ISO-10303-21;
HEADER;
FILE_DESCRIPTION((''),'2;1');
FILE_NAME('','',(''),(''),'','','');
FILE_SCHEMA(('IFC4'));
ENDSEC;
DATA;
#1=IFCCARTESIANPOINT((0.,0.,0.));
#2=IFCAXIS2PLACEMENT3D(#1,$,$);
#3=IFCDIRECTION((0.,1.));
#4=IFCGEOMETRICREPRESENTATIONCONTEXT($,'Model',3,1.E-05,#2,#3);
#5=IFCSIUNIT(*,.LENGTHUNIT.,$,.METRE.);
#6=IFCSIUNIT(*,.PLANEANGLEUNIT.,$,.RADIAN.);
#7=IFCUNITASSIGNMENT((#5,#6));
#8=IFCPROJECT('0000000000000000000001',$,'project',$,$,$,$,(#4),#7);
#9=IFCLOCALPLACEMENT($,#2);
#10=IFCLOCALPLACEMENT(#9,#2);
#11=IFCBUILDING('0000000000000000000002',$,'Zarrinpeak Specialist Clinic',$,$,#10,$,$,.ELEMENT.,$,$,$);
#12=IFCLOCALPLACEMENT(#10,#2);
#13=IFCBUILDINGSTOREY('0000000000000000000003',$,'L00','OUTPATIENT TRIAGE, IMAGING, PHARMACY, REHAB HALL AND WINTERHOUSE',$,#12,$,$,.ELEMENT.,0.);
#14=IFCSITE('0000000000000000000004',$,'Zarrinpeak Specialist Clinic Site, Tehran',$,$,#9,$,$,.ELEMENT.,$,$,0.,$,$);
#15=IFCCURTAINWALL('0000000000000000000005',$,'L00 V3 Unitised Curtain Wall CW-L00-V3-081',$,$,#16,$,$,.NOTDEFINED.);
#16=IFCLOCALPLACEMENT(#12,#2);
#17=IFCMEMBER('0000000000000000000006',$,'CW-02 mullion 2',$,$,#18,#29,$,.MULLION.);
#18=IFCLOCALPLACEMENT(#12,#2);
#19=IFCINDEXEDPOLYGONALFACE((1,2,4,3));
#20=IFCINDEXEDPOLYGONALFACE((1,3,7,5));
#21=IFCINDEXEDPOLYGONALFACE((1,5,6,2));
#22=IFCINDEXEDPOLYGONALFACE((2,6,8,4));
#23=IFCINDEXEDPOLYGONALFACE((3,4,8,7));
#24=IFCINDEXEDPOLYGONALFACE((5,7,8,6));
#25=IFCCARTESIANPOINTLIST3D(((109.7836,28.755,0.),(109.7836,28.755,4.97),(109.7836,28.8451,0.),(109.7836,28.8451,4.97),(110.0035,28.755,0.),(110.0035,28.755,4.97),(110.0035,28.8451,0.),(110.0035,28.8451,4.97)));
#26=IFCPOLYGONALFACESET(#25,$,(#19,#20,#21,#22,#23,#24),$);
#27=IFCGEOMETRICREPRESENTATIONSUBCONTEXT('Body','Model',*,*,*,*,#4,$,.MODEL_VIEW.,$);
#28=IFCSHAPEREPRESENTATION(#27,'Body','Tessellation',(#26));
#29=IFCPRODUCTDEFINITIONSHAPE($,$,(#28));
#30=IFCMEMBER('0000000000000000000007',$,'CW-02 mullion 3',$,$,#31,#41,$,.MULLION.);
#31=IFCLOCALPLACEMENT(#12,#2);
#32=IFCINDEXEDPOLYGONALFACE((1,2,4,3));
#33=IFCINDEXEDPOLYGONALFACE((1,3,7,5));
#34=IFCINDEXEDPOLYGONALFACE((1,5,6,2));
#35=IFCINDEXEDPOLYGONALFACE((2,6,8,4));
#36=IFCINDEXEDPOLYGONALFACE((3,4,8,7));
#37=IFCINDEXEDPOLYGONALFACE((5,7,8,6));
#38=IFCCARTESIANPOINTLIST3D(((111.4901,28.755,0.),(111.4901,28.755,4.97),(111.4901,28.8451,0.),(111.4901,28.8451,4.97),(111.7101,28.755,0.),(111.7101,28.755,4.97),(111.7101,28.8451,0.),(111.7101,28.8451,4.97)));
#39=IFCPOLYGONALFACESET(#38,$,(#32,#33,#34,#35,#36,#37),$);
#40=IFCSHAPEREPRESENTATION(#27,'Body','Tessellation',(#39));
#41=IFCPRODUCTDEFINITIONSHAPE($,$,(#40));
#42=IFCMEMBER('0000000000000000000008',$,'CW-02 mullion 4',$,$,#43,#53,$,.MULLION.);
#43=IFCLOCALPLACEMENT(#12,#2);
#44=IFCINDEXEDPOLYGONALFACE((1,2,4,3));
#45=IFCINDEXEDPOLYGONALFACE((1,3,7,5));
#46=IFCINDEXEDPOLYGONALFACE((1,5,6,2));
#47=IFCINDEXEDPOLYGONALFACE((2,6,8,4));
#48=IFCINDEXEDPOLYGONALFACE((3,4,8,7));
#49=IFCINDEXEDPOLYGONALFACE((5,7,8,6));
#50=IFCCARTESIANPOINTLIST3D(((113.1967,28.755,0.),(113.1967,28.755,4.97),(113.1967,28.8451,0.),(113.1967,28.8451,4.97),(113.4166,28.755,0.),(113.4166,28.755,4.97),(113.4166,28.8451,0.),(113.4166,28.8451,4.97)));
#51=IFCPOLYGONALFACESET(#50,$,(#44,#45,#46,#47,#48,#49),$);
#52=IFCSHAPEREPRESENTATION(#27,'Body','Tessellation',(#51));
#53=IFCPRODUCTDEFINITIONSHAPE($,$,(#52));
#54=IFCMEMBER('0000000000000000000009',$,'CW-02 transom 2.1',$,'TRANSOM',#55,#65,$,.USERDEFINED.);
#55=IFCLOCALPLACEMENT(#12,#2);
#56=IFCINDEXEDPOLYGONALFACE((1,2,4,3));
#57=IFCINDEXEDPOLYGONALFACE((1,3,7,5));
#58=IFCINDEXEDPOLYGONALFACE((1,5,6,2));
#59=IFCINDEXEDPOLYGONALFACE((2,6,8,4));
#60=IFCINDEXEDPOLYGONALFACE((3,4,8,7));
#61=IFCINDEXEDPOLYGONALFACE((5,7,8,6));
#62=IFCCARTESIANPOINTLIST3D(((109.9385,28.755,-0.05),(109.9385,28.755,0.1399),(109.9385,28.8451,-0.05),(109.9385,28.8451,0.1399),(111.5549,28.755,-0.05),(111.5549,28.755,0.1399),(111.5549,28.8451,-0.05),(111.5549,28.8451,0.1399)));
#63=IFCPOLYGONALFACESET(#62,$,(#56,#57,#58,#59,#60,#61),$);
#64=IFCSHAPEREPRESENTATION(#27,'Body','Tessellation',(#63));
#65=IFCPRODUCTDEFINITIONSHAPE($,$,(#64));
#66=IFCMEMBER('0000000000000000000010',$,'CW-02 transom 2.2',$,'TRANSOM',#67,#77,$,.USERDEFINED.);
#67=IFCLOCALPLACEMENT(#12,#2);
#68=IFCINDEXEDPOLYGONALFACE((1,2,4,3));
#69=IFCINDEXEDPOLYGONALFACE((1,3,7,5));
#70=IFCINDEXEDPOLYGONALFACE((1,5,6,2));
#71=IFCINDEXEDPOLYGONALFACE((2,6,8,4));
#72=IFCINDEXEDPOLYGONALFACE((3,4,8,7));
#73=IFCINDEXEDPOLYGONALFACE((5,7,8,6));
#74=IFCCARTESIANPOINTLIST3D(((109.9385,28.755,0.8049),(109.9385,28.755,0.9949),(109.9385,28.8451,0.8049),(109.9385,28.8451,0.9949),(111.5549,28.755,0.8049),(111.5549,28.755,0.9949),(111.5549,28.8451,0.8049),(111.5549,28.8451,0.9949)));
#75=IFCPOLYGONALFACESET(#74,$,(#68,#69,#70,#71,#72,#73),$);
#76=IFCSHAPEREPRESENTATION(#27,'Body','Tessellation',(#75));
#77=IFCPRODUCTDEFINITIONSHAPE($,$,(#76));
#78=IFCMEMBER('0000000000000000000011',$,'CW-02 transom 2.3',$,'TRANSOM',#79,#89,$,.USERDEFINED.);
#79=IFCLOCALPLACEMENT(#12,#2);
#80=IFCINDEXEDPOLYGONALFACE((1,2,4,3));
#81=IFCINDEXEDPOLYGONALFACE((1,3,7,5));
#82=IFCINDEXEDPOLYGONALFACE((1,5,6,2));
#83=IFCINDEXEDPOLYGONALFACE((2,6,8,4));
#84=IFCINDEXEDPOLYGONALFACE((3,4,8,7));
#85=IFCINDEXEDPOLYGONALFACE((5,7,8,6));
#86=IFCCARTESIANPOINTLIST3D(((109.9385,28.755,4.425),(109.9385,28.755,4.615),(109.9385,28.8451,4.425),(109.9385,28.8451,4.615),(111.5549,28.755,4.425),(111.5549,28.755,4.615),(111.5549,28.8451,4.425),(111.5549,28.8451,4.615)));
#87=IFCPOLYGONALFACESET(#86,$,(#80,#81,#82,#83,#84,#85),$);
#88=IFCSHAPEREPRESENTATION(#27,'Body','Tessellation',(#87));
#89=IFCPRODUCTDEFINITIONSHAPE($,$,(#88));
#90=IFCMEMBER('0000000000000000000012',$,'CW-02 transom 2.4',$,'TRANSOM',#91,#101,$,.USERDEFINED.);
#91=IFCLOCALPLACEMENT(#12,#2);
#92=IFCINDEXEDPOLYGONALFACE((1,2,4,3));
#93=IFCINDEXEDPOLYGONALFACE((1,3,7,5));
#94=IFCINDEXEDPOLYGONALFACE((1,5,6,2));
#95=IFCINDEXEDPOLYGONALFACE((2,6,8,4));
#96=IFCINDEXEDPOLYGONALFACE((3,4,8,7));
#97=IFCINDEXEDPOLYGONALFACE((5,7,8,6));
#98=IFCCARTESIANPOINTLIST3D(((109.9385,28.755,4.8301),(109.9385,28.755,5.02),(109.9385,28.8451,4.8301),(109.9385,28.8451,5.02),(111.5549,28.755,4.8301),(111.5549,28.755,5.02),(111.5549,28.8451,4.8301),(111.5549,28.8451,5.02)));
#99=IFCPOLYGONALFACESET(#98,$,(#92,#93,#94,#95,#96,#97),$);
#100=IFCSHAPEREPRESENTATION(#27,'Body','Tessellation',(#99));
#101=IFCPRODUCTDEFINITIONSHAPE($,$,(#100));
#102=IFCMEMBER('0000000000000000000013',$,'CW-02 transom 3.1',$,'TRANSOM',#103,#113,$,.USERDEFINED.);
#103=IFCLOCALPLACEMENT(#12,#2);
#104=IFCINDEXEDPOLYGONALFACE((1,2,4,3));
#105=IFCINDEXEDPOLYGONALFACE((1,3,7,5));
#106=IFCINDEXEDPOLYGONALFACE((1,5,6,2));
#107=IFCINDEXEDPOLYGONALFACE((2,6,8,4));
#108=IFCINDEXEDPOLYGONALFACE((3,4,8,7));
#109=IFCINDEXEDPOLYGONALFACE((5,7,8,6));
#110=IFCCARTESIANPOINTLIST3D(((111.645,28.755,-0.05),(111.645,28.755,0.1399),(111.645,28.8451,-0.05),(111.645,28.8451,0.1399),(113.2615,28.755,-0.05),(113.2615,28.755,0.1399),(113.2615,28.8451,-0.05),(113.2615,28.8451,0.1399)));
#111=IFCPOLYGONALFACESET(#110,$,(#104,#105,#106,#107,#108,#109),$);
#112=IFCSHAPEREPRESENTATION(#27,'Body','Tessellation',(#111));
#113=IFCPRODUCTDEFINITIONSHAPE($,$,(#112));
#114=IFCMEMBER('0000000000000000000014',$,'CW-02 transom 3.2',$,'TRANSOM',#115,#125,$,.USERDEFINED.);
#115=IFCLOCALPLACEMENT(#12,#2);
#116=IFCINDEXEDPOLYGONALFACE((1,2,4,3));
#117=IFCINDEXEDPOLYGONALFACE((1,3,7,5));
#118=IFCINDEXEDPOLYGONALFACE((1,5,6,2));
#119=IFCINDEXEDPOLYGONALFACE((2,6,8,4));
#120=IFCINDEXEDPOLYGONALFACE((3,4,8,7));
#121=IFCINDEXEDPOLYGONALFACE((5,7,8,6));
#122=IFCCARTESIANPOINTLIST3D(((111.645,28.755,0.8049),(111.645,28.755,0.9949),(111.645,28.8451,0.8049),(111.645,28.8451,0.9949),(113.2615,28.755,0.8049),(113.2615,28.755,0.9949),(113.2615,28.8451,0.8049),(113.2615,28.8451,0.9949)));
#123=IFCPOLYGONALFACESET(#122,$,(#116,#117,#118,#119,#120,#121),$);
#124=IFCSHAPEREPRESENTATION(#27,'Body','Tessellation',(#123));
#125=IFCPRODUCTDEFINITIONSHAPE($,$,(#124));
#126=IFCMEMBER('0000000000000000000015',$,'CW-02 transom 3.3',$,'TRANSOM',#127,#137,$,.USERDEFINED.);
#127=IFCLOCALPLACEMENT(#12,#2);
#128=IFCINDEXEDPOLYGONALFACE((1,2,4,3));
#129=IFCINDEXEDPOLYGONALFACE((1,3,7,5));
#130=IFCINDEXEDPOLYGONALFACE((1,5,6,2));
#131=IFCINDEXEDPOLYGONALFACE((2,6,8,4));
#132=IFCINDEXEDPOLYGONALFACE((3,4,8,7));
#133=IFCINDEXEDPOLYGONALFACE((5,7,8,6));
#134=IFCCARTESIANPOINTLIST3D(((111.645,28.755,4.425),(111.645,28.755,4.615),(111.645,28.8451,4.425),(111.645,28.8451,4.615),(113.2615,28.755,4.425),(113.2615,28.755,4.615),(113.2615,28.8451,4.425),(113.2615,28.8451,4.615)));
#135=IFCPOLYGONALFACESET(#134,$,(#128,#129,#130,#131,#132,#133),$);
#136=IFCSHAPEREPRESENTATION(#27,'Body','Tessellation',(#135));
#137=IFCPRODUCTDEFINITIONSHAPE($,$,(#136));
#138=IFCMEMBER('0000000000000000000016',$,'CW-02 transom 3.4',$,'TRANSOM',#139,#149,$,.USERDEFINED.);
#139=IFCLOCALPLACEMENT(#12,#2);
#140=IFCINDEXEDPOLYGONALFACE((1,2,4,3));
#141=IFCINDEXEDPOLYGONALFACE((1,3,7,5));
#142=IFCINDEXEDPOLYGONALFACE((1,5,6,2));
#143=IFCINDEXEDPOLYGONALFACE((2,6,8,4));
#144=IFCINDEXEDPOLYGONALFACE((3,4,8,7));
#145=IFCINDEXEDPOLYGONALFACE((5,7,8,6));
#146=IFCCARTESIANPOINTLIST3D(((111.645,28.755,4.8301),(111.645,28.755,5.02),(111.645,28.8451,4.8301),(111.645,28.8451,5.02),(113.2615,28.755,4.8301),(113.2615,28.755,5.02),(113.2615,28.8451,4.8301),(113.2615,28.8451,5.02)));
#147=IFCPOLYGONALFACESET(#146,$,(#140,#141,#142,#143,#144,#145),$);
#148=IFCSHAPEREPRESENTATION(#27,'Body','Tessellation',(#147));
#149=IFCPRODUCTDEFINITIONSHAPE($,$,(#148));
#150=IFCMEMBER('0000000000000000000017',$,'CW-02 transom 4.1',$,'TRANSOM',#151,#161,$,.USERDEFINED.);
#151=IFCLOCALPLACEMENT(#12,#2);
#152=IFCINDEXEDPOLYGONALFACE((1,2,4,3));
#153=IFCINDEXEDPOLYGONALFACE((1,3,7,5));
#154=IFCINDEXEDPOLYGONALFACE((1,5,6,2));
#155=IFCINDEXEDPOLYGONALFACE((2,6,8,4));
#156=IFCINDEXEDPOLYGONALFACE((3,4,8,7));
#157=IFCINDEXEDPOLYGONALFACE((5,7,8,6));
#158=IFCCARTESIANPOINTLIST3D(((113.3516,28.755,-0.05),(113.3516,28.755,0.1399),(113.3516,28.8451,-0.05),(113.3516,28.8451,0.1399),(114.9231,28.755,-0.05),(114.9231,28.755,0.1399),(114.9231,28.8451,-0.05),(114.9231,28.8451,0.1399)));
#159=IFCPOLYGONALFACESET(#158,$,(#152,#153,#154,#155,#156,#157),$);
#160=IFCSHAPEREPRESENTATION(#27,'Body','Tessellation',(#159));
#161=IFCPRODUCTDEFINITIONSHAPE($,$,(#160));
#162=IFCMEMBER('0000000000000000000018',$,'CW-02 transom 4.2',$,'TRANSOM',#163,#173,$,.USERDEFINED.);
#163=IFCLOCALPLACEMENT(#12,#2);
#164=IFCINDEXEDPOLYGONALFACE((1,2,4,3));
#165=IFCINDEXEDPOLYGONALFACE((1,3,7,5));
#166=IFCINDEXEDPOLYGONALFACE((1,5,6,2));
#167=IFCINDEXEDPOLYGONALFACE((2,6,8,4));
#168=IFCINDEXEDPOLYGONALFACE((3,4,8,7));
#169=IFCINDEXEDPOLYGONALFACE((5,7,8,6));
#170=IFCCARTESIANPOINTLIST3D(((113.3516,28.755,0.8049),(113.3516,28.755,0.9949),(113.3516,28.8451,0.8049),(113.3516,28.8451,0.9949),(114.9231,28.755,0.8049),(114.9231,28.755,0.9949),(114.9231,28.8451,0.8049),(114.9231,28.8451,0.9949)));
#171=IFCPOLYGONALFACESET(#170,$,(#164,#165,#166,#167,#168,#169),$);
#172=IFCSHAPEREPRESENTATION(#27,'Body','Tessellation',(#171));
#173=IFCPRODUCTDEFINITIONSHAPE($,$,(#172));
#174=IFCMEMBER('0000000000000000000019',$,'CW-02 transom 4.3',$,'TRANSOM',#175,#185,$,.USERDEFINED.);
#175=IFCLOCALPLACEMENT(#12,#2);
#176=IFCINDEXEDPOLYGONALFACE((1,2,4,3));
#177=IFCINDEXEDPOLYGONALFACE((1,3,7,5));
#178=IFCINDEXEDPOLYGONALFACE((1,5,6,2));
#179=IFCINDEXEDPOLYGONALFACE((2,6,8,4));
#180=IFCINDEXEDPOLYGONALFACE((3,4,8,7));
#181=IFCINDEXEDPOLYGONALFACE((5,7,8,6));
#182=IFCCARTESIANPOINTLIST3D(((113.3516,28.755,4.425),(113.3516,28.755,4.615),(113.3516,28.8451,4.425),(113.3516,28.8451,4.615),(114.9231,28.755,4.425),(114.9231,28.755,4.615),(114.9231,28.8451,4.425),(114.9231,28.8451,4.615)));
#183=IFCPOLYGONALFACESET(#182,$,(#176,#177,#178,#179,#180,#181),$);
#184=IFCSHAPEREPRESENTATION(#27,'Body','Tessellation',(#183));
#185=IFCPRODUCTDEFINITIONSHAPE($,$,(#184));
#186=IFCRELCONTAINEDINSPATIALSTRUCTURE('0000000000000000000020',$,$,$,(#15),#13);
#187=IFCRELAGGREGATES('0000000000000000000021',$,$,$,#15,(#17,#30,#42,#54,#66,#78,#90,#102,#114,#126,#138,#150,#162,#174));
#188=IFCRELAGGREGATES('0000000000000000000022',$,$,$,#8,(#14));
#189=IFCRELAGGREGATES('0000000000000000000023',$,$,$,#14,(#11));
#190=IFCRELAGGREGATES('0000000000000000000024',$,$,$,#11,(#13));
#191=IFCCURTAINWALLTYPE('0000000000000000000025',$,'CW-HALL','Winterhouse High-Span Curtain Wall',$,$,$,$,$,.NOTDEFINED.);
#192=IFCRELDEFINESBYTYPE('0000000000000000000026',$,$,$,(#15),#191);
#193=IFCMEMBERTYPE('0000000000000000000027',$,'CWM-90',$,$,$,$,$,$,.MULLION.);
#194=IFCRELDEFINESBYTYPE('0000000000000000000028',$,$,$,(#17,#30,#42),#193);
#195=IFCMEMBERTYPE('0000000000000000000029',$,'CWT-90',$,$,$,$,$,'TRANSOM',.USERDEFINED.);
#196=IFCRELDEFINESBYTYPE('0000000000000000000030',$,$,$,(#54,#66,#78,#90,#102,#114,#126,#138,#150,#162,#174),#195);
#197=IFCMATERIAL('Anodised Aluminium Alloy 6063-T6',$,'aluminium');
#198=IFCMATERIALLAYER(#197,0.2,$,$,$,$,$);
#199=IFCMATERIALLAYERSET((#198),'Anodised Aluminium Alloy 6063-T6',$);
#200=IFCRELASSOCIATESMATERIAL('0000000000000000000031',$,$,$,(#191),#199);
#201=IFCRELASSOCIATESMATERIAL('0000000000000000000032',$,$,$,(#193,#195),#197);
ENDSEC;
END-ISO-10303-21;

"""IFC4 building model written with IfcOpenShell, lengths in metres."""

from ifc_helpers import new_model, si_unit, direction, frame, origin, origin_2d, place, context, subcontext, project, spatial, rectangle, extrude, material, layer, layer_set, material_profile, profile_set, type_object, element, aggregate, save


model = new_model("IFC4")

# Units and contexts
model_context = context("Model", 3, precision=1e-05, world=origin(), true_north=direction((0.0, 1.0)))
body_context = subcontext(model_context, "Body", "Model", "MODEL_VIEW")
ifc_project = project(units=[si_unit("LENGTHUNIT", "METRE"), si_unit("PLANEANGLEUNIT", "RADIAN")], contexts=[model_context])

# Site, building, storey
site_placement = place(None, origin())
site = spatial("IfcSite", under=ifc_project, at=site_placement, Name="Zarrinpeak Specialist Clinic Site, Tehran", CompositionType="ELEMENT", RefElevation=0.0)
building_placement = place(site_placement, origin())
building = spatial("IfcBuilding", under=site, at=building_placement, Name="Zarrinpeak Specialist Clinic", CompositionType="ELEMENT")
storey_placement = place(building_placement, origin())
storey = spatial("IfcBuildingStorey", under=building, at=storey_placement, Name="L00", Description="OUTPATIENT TRIAGE, IMAGING, PHARMACY, REHAB HALL AND WINTERHOUSE", CompositionType="ELEMENT", Elevation=0.0)

# Curtain wall, members
ifc_material_1 = material(Name="Anodised Aluminium Alloy 6063-T6", Category="aluminium")
ifc_layer_1 = layer(ifc_material_1, 0.2)
ifc_layer_set_1 = layer_set([ifc_layer_1], Name="Anodised Aluminium Alloy 6063-T6")
curtain_wall_type = type_object("IfcCurtainWallType", Name="CW-HALL", Description="Winterhouse High-Span Curtain Wall", PredefinedType="NOTDEFINED", material=ifc_layer_set_1)
curtain_wall_placement = place(storey_placement, origin())
curtain_wall = element("IfcCurtainWall", 1, at=curtain_wall_placement, inside=storey, type_object=curtain_wall_type, Name="L00 V3 Unitised Curtain Wall CW-L00-V3-081", PredefinedType="NOTDEFINED")
ifc_material_profile_1 = material_profile(ifc_material_1, rectangle(XDim=0.0901, YDim=0.22, at=origin_2d()), Name="ALU 90x220")
ifc_profile_set_1 = profile_set([ifc_material_profile_1], Name="Anodised Aluminium Alloy 6063-T6")
member_type_1 = type_object("IfcMemberType", Name="CWM-90", PredefinedType="MULLION", material=ifc_profile_set_1)
member_1_placement = place(storey_placement, frame((109.8936, 28.8, 0.0), z_axis=(0.0, 0.0, 1.0), x_axis=(0.0, 1.0, 0.0)))
member_1 = element("IfcMember", 2, at=member_1_placement, type_object=member_type_1, Name="CW-02 mullion 2", PredefinedType="MULLION", context=body_context, shape_type="SweptSolid", body=[
    extrude(rectangle(XDim=0.0901, YDim=0.22, at=origin_2d()), origin(), (0.0, 0.0, 1.0), 4.97),
])
member_2_placement = place(storey_placement, frame((111.6001, 28.8, 0.0), z_axis=(0.0, 0.0, 1.0), x_axis=(0.0, 1.0, 0.0)))
member_2 = element("IfcMember", 3, at=member_2_placement, type_object=member_type_1, Name="CW-02 mullion 3", PredefinedType="MULLION", context=body_context, shape_type="SweptSolid", body=[
    extrude(rectangle(XDim=0.0901, YDim=0.22, at=origin_2d()), origin(), (0.0, 0.0, 1.0), 4.97),
])
member_3_placement = place(storey_placement, frame((113.3066, 28.8, 0.0), z_axis=(0.0, 0.0, 1.0), x_axis=(0.0, 1.0, 0.0)))
member_3 = element("IfcMember", 4, at=member_3_placement, type_object=member_type_1, Name="CW-02 mullion 4", PredefinedType="MULLION", context=body_context, shape_type="SweptSolid", body=[
    extrude(rectangle(XDim=0.0901, YDim=0.22, at=origin_2d()), origin(), (0.0, 0.0, 1.0), 4.97),
])
ifc_material_profile_2 = material_profile(ifc_material_1, rectangle(XDim=0.0901, YDim=0.1899, at=origin_2d()), Name="ALU 90x190")
ifc_profile_set_2 = profile_set([ifc_material_profile_2], Name="Anodised Aluminium Alloy 6063-T6")
member_type_2 = type_object("IfcMemberType", Name="CWT-90", ElementType="TRANSOM", PredefinedType="USERDEFINED", material=ifc_profile_set_2)
member_4_placement = place(storey_placement, frame((109.9385, 28.8, 0.0449), z_axis=(1.0, 0.0, 0.0), x_axis=(0.0, 1.0, 0.0)))
member_4 = element("IfcMember", 5, at=member_4_placement, type_object=member_type_2, Name="CW-02 transom 2.1", ObjectType="TRANSOM", PredefinedType="USERDEFINED", context=body_context, shape_type="SweptSolid", body=[
    extrude(rectangle(XDim=0.0901, YDim=0.1899, at=origin_2d()), origin(), (0.0, 0.0, 1.0), 1.6165),
])
member_5_placement = place(storey_placement, frame((109.9385, 28.8, 0.8999), z_axis=(1.0, 0.0, 0.0), x_axis=(0.0, 1.0, 0.0)))
member_5 = element("IfcMember", 6, at=member_5_placement, type_object=member_type_2, Name="CW-02 transom 2.2", ObjectType="TRANSOM", PredefinedType="USERDEFINED", context=body_context, shape_type="SweptSolid", body=[
    extrude(rectangle(XDim=0.0901, YDim=0.1899, at=origin_2d()), origin(), (0.0, 0.0, 1.0), 1.6165),
])
member_6_placement = place(storey_placement, frame((109.9385, 28.8, 4.52), z_axis=(1.0, 0.0, 0.0), x_axis=(0.0, 1.0, 0.0)))
member_6 = element("IfcMember", 7, at=member_6_placement, type_object=member_type_2, Name="CW-02 transom 2.3", ObjectType="TRANSOM", PredefinedType="USERDEFINED", context=body_context, shape_type="SweptSolid", body=[
    extrude(rectangle(XDim=0.0901, YDim=0.1899, at=origin_2d()), origin(), (0.0, 0.0, 1.0), 1.6165),
])
member_7_placement = place(storey_placement, frame((109.9385, 28.8, 4.925), z_axis=(1.0, 0.0, 0.0), x_axis=(0.0, 1.0, 0.0)))
member_7 = element("IfcMember", 8, at=member_7_placement, type_object=member_type_2, Name="CW-02 transom 2.4", ObjectType="TRANSOM", PredefinedType="USERDEFINED", context=body_context, shape_type="SweptSolid", body=[
    extrude(rectangle(XDim=0.0901, YDim=0.1899, at=origin_2d()), origin(), (0.0, 0.0, 1.0), 1.6165),
])
member_8_placement = place(storey_placement, frame((111.645, 28.8, 0.0449), z_axis=(1.0, 0.0, 0.0), x_axis=(0.0, 1.0, 0.0)))
member_8 = element("IfcMember", 9, at=member_8_placement, type_object=member_type_2, Name="CW-02 transom 3.1", ObjectType="TRANSOM", PredefinedType="USERDEFINED", context=body_context, shape_type="SweptSolid", body=[
    extrude(rectangle(XDim=0.0901, YDim=0.1899, at=origin_2d()), origin(), (0.0, 0.0, 1.0), 1.6165),
])
member_9_placement = place(storey_placement, frame((111.645, 28.8, 0.8999), z_axis=(1.0, 0.0, 0.0), x_axis=(0.0, 1.0, 0.0)))
member_9 = element("IfcMember", 10, at=member_9_placement, type_object=member_type_2, Name="CW-02 transom 3.2", ObjectType="TRANSOM", PredefinedType="USERDEFINED", context=body_context, shape_type="SweptSolid", body=[
    extrude(rectangle(XDim=0.0901, YDim=0.1899, at=origin_2d()), origin(), (0.0, 0.0, 1.0), 1.6165),
])
member_10_placement = place(storey_placement, frame((111.645, 28.8, 4.52), z_axis=(1.0, 0.0, 0.0), x_axis=(0.0, 1.0, 0.0)))
member_10 = element("IfcMember", 11, at=member_10_placement, type_object=member_type_2, Name="CW-02 transom 3.3", ObjectType="TRANSOM", PredefinedType="USERDEFINED", context=body_context, shape_type="SweptSolid", body=[
    extrude(rectangle(XDim=0.0901, YDim=0.1899, at=origin_2d()), origin(), (0.0, 0.0, 1.0), 1.6165),
])
member_11_placement = place(storey_placement, frame((111.645, 28.8, 4.925), z_axis=(1.0, 0.0, 0.0), x_axis=(0.0, 1.0, 0.0)))
member_11 = element("IfcMember", 12, at=member_11_placement, type_object=member_type_2, Name="CW-02 transom 3.4", ObjectType="TRANSOM", PredefinedType="USERDEFINED", context=body_context, shape_type="SweptSolid", body=[
    extrude(rectangle(XDim=0.0901, YDim=0.1899, at=origin_2d()), origin(), (0.0, 0.0, 1.0), 1.6165),
])
member_12_placement = place(storey_placement, frame((113.3516, 28.8, 0.0449), z_axis=(1.0, 0.0, 0.0), x_axis=(0.0, 1.0, 0.0)))
member_12 = element("IfcMember", 13, at=member_12_placement, type_object=member_type_2, Name="CW-02 transom 4.1", ObjectType="TRANSOM", PredefinedType="USERDEFINED", context=body_context, shape_type="SweptSolid", body=[
    extrude(rectangle(XDim=0.0901, YDim=0.1899, at=origin_2d()), origin(), (0.0, 0.0, 1.0), 1.5715),
])
member_13_placement = place(storey_placement, frame((113.3516, 28.8, 0.8999), z_axis=(1.0, 0.0, 0.0), x_axis=(0.0, 1.0, 0.0)))
member_13 = element("IfcMember", 14, at=member_13_placement, type_object=member_type_2, Name="CW-02 transom 4.2", ObjectType="TRANSOM", PredefinedType="USERDEFINED", context=body_context, shape_type="SweptSolid", body=[
    extrude(rectangle(XDim=0.0901, YDim=0.1899, at=origin_2d()), origin(), (0.0, 0.0, 1.0), 1.5715),
])
member_14_placement = place(storey_placement, frame((113.3516, 28.8, 4.52), z_axis=(1.0, 0.0, 0.0), x_axis=(0.0, 1.0, 0.0)))
member_14 = element("IfcMember", 15, at=member_14_placement, type_object=member_type_2, Name="CW-02 transom 4.3", ObjectType="TRANSOM", PredefinedType="USERDEFINED", context=body_context, shape_type="SweptSolid", body=[
    extrude(rectangle(XDim=0.0901, YDim=0.1899, at=origin_2d()), origin(), (0.0, 0.0, 1.0), 1.5715),
])
aggregate(curtain_wall, [member_1, member_2, member_3, member_4, member_5, member_6, member_7, member_8, member_9, member_10, member_11, member_12, member_13, member_14])

save(model, "model.ifc")
